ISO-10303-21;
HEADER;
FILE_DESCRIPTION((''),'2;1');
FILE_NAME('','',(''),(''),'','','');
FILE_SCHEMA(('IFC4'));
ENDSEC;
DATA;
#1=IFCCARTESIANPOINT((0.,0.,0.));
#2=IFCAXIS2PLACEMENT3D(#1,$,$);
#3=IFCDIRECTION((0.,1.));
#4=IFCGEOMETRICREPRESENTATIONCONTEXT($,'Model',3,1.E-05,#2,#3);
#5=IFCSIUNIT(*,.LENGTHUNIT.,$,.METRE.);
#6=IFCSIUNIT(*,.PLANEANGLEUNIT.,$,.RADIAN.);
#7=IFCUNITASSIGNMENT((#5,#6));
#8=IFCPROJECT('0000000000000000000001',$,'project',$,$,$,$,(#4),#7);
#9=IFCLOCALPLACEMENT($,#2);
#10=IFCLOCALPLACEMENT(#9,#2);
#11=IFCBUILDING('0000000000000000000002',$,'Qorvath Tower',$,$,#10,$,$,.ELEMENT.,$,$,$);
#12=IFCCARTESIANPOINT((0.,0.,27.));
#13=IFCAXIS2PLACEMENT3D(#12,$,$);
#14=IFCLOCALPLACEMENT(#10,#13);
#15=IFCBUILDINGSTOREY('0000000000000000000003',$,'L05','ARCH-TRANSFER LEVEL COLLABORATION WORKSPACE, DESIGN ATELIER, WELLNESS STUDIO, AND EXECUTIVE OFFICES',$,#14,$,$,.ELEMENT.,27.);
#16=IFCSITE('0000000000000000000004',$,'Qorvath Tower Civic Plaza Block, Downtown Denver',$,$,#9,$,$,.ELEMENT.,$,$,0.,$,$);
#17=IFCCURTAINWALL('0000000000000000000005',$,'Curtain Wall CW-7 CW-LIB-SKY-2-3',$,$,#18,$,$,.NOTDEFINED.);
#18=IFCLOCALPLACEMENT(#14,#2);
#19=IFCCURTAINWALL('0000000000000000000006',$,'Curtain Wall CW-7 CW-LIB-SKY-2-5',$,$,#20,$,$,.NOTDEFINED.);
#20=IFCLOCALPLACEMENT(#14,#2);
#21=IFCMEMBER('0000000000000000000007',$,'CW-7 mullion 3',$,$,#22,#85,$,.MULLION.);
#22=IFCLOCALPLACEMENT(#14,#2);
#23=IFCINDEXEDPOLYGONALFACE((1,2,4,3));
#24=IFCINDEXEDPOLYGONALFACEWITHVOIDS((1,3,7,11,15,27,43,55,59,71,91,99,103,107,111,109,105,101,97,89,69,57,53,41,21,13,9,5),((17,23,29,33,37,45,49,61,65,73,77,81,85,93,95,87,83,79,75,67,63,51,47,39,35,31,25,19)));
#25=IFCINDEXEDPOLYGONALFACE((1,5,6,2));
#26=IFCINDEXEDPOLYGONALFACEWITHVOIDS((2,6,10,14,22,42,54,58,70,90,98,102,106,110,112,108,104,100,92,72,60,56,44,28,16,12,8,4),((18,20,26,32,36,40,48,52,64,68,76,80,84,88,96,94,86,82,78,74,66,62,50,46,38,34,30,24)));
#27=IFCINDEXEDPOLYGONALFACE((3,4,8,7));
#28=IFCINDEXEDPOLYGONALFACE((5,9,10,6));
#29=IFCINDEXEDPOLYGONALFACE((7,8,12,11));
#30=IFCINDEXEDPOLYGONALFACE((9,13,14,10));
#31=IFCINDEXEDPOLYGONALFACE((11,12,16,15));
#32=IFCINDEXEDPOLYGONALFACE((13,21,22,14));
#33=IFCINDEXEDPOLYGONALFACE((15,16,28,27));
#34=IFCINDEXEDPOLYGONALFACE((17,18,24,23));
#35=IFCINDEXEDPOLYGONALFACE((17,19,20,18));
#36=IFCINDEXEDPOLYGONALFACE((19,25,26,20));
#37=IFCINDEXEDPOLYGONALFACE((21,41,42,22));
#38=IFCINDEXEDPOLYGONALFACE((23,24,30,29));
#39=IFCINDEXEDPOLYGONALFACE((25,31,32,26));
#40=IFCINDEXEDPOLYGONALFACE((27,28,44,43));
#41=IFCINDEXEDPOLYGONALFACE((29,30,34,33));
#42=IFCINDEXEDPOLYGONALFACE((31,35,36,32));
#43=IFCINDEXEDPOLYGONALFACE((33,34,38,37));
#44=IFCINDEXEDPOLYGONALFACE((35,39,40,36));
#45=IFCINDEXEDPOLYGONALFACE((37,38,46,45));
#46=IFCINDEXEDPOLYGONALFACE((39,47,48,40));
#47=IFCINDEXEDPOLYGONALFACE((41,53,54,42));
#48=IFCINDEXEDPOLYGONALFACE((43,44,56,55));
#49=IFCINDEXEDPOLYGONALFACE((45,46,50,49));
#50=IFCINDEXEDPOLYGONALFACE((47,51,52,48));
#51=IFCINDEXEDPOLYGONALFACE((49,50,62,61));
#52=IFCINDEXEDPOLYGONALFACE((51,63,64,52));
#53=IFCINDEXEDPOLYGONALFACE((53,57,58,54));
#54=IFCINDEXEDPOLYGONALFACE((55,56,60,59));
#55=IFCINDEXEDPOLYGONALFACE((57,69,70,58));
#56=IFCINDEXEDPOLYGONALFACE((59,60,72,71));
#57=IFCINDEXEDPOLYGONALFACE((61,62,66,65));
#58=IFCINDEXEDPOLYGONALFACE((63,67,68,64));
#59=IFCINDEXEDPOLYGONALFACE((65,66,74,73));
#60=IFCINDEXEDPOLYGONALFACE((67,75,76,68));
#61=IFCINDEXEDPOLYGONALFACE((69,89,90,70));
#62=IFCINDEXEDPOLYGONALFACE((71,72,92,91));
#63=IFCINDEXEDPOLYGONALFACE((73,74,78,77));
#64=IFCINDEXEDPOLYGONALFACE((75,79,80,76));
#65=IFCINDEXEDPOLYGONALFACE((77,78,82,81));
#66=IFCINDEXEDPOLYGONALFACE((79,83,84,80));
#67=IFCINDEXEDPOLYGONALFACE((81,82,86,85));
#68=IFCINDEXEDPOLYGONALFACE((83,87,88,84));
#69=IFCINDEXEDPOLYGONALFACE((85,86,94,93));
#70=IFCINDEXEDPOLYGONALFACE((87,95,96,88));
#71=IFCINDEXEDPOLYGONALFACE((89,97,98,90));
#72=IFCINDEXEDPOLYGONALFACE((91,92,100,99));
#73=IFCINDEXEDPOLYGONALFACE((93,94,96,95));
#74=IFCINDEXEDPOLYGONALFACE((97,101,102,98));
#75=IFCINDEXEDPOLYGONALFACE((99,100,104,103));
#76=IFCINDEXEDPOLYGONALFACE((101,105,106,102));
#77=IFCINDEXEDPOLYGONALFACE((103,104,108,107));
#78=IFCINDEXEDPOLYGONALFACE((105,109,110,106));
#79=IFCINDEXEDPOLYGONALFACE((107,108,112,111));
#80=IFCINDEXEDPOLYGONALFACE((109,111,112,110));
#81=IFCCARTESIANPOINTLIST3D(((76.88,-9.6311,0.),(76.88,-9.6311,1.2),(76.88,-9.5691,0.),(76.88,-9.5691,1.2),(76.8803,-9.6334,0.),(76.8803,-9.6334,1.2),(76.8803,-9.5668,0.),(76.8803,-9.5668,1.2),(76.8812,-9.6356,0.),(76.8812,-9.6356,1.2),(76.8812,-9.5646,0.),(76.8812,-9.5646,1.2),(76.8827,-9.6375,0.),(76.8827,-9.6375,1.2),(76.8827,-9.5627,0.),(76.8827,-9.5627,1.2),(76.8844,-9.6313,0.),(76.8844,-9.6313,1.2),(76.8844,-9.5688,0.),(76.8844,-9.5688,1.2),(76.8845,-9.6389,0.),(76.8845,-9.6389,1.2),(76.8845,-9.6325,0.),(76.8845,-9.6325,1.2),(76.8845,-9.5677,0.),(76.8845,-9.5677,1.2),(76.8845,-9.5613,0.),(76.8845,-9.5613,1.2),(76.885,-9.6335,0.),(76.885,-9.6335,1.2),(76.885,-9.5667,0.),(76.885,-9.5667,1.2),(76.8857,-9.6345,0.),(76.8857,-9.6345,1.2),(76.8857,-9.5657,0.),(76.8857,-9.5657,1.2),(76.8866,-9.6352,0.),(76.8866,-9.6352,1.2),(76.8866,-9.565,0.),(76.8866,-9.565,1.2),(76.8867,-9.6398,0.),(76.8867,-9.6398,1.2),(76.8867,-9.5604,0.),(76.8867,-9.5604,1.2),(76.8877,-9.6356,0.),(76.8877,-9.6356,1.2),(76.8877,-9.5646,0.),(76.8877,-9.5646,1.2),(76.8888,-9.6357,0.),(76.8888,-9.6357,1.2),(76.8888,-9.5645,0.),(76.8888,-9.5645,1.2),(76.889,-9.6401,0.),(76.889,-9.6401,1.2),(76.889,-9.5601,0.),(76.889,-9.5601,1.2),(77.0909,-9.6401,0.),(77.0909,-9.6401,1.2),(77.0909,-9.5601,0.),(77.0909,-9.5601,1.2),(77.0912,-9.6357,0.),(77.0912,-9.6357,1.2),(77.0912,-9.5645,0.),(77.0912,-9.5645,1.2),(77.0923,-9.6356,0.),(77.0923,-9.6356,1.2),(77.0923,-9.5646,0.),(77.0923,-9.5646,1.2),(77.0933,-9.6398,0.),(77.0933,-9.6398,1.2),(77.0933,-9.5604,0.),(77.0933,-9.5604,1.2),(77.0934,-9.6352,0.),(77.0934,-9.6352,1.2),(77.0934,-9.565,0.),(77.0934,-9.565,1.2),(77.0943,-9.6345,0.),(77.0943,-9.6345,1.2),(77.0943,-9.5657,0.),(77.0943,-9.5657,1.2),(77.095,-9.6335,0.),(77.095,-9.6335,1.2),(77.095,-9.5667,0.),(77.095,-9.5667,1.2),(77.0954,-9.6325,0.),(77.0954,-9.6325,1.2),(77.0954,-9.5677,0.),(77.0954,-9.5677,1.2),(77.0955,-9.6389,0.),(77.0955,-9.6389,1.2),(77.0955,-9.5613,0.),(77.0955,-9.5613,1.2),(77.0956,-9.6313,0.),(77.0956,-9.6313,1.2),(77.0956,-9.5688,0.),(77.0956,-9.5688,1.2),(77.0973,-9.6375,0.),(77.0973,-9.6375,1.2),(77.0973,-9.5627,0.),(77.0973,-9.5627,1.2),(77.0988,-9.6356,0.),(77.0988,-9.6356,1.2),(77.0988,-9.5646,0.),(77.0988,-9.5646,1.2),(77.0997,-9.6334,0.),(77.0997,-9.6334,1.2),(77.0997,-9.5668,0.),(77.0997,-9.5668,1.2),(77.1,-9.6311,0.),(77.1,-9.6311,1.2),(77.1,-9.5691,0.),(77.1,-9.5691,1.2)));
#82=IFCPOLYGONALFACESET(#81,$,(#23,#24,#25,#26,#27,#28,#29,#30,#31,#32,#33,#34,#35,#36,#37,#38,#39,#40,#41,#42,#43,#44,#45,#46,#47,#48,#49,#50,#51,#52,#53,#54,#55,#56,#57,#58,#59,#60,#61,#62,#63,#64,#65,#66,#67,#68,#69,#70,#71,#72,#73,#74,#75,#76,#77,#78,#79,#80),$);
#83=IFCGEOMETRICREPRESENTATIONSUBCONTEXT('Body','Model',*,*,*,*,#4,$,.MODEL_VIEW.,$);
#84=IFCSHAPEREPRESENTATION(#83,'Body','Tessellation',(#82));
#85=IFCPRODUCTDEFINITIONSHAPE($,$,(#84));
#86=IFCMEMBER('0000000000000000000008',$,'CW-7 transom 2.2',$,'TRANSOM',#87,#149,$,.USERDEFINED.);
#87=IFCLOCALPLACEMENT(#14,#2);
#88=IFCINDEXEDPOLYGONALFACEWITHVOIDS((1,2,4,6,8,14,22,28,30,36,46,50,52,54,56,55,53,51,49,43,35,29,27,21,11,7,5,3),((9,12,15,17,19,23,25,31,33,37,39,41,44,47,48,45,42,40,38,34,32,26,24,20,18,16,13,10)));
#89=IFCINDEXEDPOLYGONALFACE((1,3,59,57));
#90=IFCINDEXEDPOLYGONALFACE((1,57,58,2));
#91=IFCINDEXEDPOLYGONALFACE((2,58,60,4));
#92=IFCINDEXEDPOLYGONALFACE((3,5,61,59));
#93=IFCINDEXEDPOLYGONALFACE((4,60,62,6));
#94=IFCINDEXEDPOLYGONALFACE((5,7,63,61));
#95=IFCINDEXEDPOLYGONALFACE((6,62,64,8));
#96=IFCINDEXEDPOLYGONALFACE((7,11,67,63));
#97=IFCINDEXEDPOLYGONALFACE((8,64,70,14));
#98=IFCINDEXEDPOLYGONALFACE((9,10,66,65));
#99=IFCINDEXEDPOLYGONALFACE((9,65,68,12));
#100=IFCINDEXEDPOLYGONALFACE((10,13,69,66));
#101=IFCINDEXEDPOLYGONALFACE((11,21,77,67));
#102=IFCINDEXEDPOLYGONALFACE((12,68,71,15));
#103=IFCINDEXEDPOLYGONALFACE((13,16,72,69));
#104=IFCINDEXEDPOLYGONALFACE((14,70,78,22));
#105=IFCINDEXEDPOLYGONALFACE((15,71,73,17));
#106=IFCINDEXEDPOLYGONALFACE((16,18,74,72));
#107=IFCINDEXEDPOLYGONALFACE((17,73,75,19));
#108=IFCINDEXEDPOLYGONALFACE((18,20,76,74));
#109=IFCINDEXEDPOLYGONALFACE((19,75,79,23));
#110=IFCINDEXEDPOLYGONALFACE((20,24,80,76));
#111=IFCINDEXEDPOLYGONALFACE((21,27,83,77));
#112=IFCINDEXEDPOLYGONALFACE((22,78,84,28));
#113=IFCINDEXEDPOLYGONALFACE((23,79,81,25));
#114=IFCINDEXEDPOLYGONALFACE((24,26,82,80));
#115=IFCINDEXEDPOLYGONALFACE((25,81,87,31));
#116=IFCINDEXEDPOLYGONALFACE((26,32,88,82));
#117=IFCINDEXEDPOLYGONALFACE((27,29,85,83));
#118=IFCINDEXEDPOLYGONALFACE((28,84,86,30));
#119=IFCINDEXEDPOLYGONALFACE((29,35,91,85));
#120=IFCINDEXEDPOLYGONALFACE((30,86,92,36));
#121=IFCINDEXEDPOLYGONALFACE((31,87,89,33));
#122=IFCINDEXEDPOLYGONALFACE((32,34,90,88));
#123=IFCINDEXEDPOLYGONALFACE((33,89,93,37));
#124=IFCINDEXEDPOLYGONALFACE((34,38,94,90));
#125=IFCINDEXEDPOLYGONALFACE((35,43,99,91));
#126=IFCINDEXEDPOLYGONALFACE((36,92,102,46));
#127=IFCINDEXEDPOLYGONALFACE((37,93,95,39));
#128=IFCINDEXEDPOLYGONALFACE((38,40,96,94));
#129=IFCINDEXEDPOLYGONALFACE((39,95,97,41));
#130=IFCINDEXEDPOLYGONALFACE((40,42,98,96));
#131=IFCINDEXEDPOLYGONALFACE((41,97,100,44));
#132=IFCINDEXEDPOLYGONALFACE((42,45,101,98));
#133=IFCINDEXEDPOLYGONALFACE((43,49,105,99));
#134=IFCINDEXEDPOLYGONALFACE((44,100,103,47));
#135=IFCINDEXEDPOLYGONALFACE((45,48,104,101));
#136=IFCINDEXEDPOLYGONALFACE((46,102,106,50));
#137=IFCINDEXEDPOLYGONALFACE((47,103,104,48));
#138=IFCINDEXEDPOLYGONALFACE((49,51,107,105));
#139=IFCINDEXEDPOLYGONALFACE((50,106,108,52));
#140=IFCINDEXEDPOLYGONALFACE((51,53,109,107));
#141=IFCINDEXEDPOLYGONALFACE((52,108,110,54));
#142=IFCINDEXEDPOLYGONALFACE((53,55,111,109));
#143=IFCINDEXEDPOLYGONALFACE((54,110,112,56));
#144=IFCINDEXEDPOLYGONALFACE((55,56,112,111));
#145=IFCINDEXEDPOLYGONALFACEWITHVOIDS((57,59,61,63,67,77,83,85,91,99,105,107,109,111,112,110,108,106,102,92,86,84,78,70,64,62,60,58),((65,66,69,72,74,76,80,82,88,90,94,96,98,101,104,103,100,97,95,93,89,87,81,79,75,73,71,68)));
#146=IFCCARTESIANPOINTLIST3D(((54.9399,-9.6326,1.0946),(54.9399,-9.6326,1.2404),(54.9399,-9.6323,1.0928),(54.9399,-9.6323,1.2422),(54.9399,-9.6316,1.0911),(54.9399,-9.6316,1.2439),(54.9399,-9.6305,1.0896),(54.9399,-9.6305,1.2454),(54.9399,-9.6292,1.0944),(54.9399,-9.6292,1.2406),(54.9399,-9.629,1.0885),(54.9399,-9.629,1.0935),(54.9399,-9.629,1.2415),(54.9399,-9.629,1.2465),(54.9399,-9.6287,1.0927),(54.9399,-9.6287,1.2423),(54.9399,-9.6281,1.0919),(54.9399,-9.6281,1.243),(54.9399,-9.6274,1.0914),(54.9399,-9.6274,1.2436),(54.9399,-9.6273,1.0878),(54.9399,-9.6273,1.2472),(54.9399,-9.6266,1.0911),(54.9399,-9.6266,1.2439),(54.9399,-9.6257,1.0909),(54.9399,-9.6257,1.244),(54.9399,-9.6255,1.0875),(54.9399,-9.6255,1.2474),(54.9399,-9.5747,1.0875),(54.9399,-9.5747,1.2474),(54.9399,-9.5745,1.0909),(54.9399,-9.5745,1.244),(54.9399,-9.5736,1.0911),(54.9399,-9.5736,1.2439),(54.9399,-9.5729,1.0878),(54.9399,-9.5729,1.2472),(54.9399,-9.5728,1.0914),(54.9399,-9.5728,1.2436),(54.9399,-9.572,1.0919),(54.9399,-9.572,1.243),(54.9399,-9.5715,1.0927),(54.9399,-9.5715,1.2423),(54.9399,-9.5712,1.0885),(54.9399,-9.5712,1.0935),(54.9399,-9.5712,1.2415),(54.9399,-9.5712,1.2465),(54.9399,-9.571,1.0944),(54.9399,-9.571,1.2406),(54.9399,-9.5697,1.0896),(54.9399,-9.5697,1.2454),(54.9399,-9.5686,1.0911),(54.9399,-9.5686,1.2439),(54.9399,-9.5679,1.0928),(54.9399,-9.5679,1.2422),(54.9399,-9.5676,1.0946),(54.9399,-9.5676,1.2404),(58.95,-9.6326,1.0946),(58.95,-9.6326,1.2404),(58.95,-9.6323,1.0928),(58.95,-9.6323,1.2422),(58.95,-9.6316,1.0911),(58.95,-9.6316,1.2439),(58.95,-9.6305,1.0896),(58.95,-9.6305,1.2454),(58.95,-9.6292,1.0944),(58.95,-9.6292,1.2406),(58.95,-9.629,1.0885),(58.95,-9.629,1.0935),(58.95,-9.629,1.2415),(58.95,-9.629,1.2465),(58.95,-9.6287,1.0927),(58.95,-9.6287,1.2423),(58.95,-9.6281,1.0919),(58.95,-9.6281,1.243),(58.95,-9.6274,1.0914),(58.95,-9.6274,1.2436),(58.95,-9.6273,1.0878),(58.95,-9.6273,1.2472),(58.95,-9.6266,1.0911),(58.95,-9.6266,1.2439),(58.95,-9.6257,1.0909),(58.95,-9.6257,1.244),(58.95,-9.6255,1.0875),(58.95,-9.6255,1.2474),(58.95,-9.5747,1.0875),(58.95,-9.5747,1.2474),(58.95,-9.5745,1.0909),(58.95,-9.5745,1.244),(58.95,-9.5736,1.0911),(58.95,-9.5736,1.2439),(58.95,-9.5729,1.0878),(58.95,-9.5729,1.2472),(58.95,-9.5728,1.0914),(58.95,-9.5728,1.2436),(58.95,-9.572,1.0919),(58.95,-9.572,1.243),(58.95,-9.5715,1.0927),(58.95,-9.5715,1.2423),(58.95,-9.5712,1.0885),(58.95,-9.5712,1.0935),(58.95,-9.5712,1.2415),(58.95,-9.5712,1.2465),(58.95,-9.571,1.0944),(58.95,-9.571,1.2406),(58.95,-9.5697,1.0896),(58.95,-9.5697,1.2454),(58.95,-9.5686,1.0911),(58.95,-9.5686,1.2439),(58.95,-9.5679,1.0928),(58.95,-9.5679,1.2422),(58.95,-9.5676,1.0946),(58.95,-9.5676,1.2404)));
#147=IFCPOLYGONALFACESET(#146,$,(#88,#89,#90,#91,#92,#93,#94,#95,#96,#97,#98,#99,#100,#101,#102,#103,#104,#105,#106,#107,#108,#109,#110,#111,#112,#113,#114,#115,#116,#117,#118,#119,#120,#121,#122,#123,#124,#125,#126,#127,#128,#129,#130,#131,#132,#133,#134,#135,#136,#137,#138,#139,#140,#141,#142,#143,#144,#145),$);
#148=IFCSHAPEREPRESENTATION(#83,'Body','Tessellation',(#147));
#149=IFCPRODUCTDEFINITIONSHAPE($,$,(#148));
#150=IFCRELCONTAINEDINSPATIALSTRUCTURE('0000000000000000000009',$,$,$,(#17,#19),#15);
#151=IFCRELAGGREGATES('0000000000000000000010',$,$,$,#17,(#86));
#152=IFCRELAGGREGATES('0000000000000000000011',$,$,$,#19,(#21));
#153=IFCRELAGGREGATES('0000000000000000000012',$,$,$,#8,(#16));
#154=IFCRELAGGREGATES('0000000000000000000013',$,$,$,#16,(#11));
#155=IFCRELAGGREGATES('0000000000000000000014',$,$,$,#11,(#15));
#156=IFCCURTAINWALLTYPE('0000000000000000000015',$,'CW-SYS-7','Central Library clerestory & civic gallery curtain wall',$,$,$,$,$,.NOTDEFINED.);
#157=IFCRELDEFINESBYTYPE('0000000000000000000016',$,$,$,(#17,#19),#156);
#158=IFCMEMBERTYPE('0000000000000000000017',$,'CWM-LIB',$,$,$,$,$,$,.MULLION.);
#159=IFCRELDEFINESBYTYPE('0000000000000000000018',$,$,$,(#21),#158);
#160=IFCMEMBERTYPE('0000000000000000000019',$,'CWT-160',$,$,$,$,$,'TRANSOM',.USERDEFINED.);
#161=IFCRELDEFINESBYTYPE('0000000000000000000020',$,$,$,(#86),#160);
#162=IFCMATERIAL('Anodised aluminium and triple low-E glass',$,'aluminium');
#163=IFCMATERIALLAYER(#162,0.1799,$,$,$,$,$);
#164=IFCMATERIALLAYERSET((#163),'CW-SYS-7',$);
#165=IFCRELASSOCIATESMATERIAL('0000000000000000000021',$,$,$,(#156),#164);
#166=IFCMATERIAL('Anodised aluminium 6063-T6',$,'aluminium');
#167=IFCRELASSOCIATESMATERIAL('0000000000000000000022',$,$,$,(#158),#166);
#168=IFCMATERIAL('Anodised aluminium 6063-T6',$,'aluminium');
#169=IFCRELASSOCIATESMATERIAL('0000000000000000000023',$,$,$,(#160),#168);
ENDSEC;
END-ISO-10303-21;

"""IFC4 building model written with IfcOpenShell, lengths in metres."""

from ifc_helpers import new_model, si_unit, direction, frame, origin, origin_2d, place, context, subcontext, project, spatial, hollow_rectangle, extrude, material, layer, layer_set, material_profile, profile_set, type_object, element, aggregate, save


model = new_model("IFC4")

# Units and contexts
model_context = context("Model", 3, precision=1e-05, world=origin(), true_north=direction((0.0, 1.0)))
body_context = subcontext(model_context, "Body", "Model", "MODEL_VIEW")
ifc_project = project(units=[si_unit("LENGTHUNIT", "METRE"), si_unit("PLANEANGLEUNIT", "RADIAN")], contexts=[model_context])

# Site, building, storey
site_placement = place(None, origin())
site = spatial("IfcSite", under=ifc_project, at=site_placement, Name="Qorvath Tower Civic Plaza Block, Downtown Denver", CompositionType="ELEMENT", RefElevation=0.0)
building_placement = place(site_placement, origin())
building = spatial("IfcBuilding", under=site, at=building_placement, Name="Qorvath Tower", CompositionType="ELEMENT")
storey_placement = place(building_placement, frame((0.0, 0.0, 27.0)))
storey = spatial("IfcBuildingStorey", under=building, at=storey_placement, Name="L05", Description="ARCH-TRANSFER LEVEL COLLABORATION WORKSPACE, DESIGN ATELIER, WELLNESS STUDIO, AND EXECUTIVE OFFICES", CompositionType="ELEMENT", Elevation=27.0)

# Curtain wall
ifc_material_1 = material(Name="Anodised aluminium and triple low-E glass", Category="aluminium")
ifc_layer_1 = layer(ifc_material_1, 0.1799)
ifc_layer_set_1 = layer_set([ifc_layer_1], Name="CW-SYS-7")
curtain_wall_type = type_object("IfcCurtainWallType", Name="CW-SYS-7", Description="Central Library clerestory & civic gallery curtain wall", PredefinedType="NOTDEFINED", material=ifc_layer_set_1)
curtain_wall_1_placement = place(storey_placement, origin())
curtain_wall_1 = element("IfcCurtainWall", 1, at=curtain_wall_1_placement, inside=storey, type_object=curtain_wall_type, Name="Curtain Wall CW-7 CW-LIB-SKY-2-3", PredefinedType="NOTDEFINED")
ifc_material_2 = material(Name="Anodised aluminium 6063-T6", Category="aluminium")
ifc_material_profile_1 = material_profile(ifc_material_2, hollow_rectangle(XDim=0.0801, YDim=0.22, WallThickness=0.0044, InnerFilletRadius=0.0044, OuterFilletRadius=0.009, at=origin_2d()), Name="CWM LIB 220x80")
ifc_profile_set_1 = profile_set([ifc_material_profile_1], Name="Anodised aluminium 6063-T6")
member_type_1 = type_object("IfcMemberType", Name="CWM-LIB", PredefinedType="MULLION", material=ifc_profile_set_1)

# Curtain wall, member
curtain_wall_2_placement = place(storey_placement, origin())
curtain_wall_2 = element("IfcCurtainWall", 2, at=curtain_wall_2_placement, inside=storey, type_object=curtain_wall_type, Name="Curtain Wall CW-7 CW-LIB-SKY-2-5", PredefinedType="NOTDEFINED")
member_1_placement = place(storey_placement, frame((76.99, -9.6001, 0.0), z_axis=(0.0, 0.0, 1.0), x_axis=(0.0, 1.0, 0.0)))
member_1 = element("IfcMember", 3, at=member_1_placement, type_object=member_type_1, Name="CW-7 mullion 3", PredefinedType="MULLION", context=body_context, shape_type="SweptSolid", body=[
    extrude(hollow_rectangle(XDim=0.0801, YDim=0.22, WallThickness=0.0044, InnerFilletRadius=0.0044, OuterFilletRadius=0.009, at=origin_2d()), origin(), (0.0, 0.0, 1.0), 1.2),
])

# Member
ifc_material_3 = material(Name="Anodised aluminium 6063-T6", Category="aluminium")
ifc_material_profile_2 = material_profile(ifc_material_3, hollow_rectangle(XDim=0.0649, YDim=0.1599, WallThickness=0.0034, InnerFilletRadius=0.0034, OuterFilletRadius=0.0071, at=origin_2d()), Name="CWT 160x65")
ifc_profile_set_2 = profile_set([ifc_material_profile_2], Name="Anodised aluminium 6063-T6")
member_type_2 = type_object("IfcMemberType", Name="CWT-160", ElementType="TRANSOM", PredefinedType="USERDEFINED", material=ifc_profile_set_2)
member_2_placement = place(storey_placement, frame((54.9399, -9.6001, 1.1675), z_axis=(1.0, 0.0, 0.0), x_axis=(0.0, 1.0, 0.0)))
member_2 = element("IfcMember", 4, at=member_2_placement, type_object=member_type_2, Name="CW-7 transom 2.2", ObjectType="TRANSOM", PredefinedType="USERDEFINED", context=body_context, shape_type="SweptSolid", body=[
    extrude(hollow_rectangle(XDim=0.0649, YDim=0.1599, WallThickness=0.0034, InnerFilletRadius=0.0034, OuterFilletRadius=0.0071, at=origin_2d()), origin(), (0.0, 0.0, 1.0), 4.01),
])

aggregate(curtain_wall_1, [member_2])
aggregate(curtain_wall_2, [member_1])

save(model, "model.ifc")
